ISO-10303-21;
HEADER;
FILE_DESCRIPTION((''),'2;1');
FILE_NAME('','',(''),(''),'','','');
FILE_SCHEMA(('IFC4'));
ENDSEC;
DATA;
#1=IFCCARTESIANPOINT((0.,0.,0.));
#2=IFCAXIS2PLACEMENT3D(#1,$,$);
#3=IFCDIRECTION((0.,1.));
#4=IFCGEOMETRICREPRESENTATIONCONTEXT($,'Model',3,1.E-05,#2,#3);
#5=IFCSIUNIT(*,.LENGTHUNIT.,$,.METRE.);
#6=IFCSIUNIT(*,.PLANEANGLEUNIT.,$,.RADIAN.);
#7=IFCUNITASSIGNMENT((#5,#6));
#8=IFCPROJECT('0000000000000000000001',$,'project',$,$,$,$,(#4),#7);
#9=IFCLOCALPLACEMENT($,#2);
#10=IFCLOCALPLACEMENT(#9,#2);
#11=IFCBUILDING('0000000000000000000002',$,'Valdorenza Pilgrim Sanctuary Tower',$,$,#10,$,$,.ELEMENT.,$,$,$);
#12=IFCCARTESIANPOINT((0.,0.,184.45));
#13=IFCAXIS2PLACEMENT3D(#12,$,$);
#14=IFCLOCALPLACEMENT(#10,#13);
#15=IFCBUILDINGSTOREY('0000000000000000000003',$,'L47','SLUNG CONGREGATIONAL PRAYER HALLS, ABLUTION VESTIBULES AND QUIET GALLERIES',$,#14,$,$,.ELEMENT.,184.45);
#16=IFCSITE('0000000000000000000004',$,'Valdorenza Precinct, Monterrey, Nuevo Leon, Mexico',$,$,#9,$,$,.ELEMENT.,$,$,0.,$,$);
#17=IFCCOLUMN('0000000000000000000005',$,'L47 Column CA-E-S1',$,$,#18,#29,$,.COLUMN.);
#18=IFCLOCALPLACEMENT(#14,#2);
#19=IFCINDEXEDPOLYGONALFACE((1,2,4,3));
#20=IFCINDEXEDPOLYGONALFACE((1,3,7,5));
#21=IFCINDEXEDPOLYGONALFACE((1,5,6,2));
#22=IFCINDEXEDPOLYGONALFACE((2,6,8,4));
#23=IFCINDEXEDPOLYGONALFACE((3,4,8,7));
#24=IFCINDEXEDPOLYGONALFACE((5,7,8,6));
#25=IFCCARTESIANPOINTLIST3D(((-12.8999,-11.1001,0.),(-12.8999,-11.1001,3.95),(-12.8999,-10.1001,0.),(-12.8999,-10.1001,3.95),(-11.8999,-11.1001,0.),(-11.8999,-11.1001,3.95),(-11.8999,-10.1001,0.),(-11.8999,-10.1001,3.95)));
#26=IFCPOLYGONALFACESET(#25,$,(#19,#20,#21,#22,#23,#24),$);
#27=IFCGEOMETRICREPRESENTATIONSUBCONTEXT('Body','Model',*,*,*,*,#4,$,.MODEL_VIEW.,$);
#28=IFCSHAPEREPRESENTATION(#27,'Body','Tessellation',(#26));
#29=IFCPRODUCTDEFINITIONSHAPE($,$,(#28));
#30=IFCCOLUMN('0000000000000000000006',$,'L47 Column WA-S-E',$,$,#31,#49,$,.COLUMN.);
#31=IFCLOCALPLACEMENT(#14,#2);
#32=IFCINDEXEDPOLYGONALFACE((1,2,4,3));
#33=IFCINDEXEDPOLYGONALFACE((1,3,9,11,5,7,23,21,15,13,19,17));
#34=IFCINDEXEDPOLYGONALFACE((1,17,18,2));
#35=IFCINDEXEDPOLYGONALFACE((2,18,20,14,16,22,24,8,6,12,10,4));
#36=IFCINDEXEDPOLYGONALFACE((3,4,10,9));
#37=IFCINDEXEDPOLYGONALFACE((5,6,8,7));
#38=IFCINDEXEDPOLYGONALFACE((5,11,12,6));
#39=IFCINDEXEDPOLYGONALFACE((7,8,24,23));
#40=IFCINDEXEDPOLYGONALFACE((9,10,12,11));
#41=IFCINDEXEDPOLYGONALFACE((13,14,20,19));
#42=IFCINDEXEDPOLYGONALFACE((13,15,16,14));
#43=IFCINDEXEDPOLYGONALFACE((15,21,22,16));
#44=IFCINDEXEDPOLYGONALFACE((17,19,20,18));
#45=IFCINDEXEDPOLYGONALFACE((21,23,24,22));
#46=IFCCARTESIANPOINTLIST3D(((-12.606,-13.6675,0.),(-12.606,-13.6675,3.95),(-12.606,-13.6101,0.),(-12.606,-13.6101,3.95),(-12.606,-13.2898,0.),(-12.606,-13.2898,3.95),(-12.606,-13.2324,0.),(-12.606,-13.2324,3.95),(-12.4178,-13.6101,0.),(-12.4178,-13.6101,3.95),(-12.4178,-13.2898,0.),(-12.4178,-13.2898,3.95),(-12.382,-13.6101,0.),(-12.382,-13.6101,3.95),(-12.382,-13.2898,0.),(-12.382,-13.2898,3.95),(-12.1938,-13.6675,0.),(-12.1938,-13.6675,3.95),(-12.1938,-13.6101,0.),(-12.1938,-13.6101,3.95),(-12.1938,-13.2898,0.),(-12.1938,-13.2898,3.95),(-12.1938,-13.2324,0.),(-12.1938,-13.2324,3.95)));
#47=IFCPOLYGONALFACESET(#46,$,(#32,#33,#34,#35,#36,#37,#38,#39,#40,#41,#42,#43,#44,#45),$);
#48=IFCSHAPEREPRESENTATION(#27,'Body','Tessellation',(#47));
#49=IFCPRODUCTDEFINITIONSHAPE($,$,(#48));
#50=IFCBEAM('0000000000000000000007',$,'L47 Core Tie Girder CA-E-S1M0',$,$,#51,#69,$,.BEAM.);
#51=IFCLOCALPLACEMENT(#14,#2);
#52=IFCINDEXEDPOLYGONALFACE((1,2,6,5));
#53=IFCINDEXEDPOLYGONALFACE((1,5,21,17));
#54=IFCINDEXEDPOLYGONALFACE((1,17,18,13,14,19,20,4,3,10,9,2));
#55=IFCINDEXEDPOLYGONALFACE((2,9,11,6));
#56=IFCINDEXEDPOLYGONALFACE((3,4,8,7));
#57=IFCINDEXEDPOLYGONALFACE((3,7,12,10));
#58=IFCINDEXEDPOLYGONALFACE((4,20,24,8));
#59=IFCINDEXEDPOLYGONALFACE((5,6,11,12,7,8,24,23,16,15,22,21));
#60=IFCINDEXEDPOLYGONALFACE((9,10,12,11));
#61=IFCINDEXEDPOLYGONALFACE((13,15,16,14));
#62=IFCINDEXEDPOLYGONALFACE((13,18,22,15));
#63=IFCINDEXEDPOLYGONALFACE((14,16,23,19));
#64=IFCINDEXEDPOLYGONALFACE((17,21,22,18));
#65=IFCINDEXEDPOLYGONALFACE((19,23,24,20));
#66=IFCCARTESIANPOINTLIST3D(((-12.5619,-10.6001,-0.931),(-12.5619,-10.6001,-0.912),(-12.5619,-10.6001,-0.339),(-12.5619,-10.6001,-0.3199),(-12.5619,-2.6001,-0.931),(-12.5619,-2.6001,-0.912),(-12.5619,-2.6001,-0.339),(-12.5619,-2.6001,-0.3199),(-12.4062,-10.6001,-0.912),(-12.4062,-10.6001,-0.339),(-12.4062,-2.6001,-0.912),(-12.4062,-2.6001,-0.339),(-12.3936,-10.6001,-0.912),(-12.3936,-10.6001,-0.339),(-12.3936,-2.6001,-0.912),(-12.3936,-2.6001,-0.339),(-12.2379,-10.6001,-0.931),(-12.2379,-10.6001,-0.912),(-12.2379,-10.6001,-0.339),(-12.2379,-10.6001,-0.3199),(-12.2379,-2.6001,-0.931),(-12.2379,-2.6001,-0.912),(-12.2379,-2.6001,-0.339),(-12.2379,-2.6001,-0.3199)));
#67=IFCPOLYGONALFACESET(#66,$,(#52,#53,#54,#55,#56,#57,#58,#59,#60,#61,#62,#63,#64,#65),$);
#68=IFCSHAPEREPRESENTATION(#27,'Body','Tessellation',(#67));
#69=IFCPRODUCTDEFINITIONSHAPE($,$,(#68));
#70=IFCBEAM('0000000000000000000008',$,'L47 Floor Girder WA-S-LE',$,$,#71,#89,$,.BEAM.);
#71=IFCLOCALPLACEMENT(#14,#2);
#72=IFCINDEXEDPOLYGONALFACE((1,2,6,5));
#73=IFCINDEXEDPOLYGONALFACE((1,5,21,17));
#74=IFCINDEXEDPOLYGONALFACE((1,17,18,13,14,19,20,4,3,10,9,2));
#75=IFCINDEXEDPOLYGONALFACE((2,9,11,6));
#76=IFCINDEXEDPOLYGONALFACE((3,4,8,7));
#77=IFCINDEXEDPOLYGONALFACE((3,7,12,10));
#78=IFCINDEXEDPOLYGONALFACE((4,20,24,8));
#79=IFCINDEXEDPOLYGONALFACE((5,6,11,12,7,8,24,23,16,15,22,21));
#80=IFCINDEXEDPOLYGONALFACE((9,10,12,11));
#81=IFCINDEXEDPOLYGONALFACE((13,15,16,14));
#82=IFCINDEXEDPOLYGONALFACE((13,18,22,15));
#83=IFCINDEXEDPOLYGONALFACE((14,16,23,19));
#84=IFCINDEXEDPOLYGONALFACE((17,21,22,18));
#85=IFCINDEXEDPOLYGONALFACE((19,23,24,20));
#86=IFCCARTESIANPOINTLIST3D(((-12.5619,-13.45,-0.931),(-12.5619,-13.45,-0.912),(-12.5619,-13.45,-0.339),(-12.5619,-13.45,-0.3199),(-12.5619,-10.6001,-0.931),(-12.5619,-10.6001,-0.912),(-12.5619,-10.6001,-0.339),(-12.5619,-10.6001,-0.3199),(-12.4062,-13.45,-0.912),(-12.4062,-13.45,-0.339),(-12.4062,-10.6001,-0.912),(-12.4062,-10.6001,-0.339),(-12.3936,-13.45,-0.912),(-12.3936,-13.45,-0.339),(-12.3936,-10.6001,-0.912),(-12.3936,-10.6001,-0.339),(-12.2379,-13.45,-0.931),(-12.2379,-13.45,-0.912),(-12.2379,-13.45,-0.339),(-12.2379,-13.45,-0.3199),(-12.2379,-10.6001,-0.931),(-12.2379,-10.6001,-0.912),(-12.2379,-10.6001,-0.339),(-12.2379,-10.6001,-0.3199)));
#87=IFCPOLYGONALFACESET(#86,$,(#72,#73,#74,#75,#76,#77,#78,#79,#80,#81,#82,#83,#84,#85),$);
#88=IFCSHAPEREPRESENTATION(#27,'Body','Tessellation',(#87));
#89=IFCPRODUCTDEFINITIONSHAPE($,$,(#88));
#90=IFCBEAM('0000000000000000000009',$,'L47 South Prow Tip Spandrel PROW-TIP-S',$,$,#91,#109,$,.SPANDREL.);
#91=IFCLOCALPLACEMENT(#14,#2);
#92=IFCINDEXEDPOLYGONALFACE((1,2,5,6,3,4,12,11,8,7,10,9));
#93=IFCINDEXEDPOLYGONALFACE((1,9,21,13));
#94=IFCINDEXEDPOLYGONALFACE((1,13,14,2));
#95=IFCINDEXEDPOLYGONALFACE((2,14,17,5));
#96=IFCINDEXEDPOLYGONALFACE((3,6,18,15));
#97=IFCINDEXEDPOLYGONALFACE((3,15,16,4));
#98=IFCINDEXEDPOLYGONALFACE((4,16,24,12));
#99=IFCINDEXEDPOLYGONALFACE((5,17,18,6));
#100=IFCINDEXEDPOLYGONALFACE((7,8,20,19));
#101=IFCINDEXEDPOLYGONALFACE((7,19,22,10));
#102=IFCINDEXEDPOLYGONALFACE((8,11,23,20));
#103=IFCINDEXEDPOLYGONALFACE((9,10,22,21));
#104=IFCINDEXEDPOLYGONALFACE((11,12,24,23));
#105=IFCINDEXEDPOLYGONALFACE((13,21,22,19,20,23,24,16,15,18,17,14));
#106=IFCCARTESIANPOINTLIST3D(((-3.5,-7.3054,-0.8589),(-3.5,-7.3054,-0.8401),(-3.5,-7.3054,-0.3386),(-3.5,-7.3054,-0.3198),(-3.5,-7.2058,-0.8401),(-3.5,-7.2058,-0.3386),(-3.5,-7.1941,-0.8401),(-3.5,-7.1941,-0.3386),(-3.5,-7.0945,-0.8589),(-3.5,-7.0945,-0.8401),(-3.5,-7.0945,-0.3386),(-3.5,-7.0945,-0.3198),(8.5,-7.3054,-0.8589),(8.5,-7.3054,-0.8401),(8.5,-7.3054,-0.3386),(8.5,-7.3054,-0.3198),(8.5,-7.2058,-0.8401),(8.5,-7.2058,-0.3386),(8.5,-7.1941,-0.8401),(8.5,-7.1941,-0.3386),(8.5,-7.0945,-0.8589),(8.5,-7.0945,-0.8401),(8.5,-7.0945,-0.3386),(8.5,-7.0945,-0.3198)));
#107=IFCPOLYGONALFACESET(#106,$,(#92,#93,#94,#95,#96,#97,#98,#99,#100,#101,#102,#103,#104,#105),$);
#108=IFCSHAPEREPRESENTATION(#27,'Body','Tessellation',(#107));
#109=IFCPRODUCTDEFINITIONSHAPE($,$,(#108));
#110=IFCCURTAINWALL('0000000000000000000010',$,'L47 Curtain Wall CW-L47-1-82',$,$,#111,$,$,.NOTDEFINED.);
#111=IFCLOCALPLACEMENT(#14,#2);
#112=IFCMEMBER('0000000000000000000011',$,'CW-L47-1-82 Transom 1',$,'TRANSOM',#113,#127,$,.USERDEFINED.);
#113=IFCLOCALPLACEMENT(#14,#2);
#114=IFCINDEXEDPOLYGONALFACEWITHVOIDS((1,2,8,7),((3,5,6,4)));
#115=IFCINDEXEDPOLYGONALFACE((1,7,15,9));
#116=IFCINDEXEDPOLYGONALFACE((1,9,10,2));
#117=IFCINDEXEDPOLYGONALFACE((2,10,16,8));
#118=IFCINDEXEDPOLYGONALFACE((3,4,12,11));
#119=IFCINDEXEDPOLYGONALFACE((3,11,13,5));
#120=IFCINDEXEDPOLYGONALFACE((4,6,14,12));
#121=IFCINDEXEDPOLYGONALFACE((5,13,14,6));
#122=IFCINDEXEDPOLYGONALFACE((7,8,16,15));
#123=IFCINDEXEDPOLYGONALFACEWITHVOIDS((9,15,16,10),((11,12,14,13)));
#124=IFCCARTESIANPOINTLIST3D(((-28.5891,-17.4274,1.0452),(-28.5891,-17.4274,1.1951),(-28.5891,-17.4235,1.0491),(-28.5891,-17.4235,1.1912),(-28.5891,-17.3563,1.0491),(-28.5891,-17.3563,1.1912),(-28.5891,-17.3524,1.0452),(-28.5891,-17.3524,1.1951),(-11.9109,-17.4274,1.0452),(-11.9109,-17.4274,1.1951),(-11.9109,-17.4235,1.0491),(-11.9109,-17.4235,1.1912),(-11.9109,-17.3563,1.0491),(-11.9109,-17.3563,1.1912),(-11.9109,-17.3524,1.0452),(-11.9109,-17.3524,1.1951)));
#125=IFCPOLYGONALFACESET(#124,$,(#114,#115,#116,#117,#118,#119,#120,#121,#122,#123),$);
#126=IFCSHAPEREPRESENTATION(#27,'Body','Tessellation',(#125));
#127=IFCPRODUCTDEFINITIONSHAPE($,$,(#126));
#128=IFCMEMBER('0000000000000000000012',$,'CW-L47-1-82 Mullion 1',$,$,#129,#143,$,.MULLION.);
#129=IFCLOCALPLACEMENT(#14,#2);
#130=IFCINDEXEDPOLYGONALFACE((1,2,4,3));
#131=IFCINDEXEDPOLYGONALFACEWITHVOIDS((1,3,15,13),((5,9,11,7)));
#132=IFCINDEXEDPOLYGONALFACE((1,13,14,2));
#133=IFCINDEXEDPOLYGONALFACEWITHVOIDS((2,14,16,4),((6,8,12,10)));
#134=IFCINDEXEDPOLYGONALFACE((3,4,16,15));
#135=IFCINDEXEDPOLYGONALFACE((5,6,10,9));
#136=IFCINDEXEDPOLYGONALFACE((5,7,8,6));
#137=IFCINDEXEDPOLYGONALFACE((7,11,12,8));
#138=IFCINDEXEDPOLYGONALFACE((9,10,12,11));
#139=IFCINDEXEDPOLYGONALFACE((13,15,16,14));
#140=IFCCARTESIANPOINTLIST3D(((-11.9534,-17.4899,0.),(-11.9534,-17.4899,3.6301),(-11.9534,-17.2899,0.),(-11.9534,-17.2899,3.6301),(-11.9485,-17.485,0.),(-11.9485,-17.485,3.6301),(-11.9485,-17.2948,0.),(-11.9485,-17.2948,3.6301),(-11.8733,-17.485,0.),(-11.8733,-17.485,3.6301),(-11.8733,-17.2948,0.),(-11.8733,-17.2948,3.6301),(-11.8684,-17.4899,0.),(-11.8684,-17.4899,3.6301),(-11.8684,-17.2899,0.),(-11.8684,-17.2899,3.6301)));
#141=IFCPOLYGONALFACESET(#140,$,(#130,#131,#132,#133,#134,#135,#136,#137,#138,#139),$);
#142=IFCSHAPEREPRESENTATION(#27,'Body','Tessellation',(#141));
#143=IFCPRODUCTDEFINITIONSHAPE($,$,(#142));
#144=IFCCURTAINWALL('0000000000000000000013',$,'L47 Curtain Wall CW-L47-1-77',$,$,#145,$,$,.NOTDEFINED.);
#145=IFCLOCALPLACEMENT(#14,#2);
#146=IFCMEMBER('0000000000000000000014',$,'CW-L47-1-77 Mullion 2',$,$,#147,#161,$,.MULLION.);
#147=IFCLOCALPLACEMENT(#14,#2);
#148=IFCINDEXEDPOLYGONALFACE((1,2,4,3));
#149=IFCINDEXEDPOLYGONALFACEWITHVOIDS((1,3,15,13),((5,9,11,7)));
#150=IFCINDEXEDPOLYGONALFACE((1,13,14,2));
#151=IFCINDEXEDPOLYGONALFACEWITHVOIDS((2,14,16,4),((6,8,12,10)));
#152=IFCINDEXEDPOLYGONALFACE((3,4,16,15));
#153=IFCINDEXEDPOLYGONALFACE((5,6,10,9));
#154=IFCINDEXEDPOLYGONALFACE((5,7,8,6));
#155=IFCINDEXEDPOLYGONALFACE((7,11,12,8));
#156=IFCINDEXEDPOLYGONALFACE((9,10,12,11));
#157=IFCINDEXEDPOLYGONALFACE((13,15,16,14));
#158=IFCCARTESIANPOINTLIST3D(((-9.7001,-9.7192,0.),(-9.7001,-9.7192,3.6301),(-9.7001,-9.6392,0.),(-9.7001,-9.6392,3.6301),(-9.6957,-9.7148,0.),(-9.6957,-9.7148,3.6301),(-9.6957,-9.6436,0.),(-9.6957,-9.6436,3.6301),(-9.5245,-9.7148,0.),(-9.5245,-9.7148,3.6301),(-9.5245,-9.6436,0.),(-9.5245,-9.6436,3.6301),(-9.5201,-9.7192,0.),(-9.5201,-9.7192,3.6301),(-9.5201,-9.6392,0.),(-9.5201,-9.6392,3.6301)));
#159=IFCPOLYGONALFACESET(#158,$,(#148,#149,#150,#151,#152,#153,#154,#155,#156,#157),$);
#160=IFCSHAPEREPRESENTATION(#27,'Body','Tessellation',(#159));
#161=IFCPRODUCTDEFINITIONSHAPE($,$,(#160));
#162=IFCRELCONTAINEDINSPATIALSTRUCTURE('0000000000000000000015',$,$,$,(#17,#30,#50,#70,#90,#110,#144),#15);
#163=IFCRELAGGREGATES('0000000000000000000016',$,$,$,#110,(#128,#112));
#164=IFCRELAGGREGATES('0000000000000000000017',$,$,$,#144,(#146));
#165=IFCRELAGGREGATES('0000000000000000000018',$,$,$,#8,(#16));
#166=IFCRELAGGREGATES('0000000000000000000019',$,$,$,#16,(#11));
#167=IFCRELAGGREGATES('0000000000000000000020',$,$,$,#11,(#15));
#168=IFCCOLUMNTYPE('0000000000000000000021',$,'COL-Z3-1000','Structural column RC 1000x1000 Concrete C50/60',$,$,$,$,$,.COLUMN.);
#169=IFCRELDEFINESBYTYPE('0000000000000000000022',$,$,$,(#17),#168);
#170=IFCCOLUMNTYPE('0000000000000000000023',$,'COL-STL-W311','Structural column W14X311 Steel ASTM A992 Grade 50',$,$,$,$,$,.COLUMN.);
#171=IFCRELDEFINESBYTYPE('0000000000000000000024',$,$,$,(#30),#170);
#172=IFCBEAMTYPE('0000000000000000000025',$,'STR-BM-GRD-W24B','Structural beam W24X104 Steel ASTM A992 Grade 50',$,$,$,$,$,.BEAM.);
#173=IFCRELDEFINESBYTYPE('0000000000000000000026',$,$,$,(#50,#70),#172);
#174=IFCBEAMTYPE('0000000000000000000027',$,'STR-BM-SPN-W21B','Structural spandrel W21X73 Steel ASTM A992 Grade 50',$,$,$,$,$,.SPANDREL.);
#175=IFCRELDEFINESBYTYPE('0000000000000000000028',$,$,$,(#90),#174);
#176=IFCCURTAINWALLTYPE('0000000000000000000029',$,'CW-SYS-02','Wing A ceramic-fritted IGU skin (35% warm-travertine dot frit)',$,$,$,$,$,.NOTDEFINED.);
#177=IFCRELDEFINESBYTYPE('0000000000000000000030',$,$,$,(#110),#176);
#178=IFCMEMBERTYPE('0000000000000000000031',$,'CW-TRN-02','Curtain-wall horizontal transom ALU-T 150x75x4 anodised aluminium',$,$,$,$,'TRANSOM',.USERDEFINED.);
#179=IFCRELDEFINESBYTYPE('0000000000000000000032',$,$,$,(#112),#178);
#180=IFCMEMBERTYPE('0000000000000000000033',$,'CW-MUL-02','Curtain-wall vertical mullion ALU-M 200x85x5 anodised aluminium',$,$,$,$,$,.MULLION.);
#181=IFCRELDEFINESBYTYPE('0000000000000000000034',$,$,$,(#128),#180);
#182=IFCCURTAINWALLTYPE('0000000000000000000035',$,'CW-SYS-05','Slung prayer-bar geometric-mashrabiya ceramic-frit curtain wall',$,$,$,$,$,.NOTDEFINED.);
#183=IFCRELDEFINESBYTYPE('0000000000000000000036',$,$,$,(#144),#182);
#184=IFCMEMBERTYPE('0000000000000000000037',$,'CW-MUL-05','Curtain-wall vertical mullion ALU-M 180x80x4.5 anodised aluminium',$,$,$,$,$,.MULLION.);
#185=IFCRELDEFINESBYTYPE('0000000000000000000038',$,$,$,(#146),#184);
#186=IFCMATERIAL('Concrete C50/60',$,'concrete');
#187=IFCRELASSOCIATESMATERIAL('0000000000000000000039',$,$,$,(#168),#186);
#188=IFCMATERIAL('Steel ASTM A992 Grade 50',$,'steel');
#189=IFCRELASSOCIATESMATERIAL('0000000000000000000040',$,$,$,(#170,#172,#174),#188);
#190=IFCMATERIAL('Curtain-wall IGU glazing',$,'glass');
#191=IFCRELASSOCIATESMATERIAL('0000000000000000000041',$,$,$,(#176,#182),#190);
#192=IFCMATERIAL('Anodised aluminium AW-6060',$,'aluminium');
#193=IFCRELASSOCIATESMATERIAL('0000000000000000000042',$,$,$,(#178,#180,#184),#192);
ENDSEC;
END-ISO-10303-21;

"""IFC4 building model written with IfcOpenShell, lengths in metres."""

from ifc_helpers import new_model, si_unit, direction, frame, origin, origin_2d, place, context, subcontext, project, spatial, rectangle, hollow_rectangle, i_section, extrude, source, transform, mapped, material, material_profile, profile_set, type_object, element, aggregate, save


model = new_model("IFC4")

# Units and contexts
model_context = context("Model", 3, precision=1e-05, world=origin(), true_north=direction((0.0, 1.0)))
body_context = subcontext(model_context, "Body", "Model", "MODEL_VIEW")
ifc_project = project(units=[si_unit("LENGTHUNIT", "METRE"), si_unit("PLANEANGLEUNIT", "RADIAN")], contexts=[model_context])

# Site, building, storey
site_placement = place(None, origin())
site = spatial("IfcSite", under=ifc_project, at=site_placement, Name="Valdorenza Precinct, Monterrey, Nuevo Leon, Mexico", CompositionType="ELEMENT", RefElevation=0.0)
building_placement = place(site_placement, origin())
building = spatial("IfcBuilding", under=site, at=building_placement, Name="Valdorenza Pilgrim Sanctuary Tower", CompositionType="ELEMENT")
storey_placement = place(building_placement, frame((0.0, 0.0, 184.45)))
storey = spatial("IfcBuildingStorey", under=building, at=storey_placement, Name="L47", Description="SLUNG CONGREGATIONAL PRAYER HALLS, ABLUTION VESTIBULES AND QUIET GALLERIES", CompositionType="ELEMENT", Elevation=184.45)

# Columns
ifc_material_1 = material(Name="Concrete C50/60", Category="concrete")
ifc_material_profile_1 = material_profile(ifc_material_1, rectangle(XDim=1.0, YDim=1.0, at=origin_2d()), Name="RC 1000x1000")
ifc_profile_set_1 = profile_set([ifc_material_profile_1], Name="Concrete C50/60")
column_type_1 = type_object("IfcColumnType", Name="COL-Z3-1000", Description="Structural column RC 1000x1000 Concrete C50/60", PredefinedType="COLUMN", material=ifc_profile_set_1)
shared_shape_1 = source(origin(), body_context, "Body", "SweptSolid", [
    extrude(rectangle(XDim=1.0, YDim=1.0, at=origin_2d()), origin(), (0.0, 0.0, 1.0), 3.95),
])
column_1_placement = place(storey_placement, frame((-12.3999, -10.6001, 0.0), z_axis=(0.0, 0.0, 1.0), x_axis=(1.0, 0.0, 0.0)))
element("IfcColumn", 1, at=column_1_placement, inside=storey, type_object=column_type_1, Name="L47 Column CA-E-S1", PredefinedType="COLUMN", context=body_context, shape_type="MappedRepresentation", body=[
    mapped(shared_shape_1, transform((0.0, 0.0, 0.0), x_axis=(1.0, 0.0, 0.0), y_axis=(0.0, 1.0, 0.0), z_axis=(0.0, 0.0, 1.0), scale=1.0)),
])
ifc_material_2 = material(Name="Steel ASTM A992 Grade 50", Category="steel")
ifc_material_profile_2 = material_profile(ifc_material_2, i_section(OverallWidth=0.4121, OverallDepth=0.4351, WebThickness=0.0359, FlangeThickness=0.0574, at=origin_2d()), Name="W14X311")
ifc_profile_set_2 = profile_set([ifc_material_profile_2], Name="Steel ASTM A992 Grade 50")
column_type_2 = type_object("IfcColumnType", Name="COL-STL-W311", Description="Structural column W14X311 Steel ASTM A992 Grade 50", PredefinedType="COLUMN", material=ifc_profile_set_2)
shared_shape_2 = source(origin(), body_context, "Body", "SweptSolid", [
    extrude(i_section(OverallWidth=0.4121, OverallDepth=0.4351, WebThickness=0.0359, FlangeThickness=0.0574, at=origin_2d()), origin(), (0.0, 0.0, 1.0), 3.95),
])
column_2_placement = place(storey_placement, frame((-12.3999, -13.45, 0.0), z_axis=(0.0, 0.0, 1.0), x_axis=(1.0, 0.0, 0.0)))
element("IfcColumn", 2, at=column_2_placement, inside=storey, type_object=column_type_2, Name="L47 Column WA-S-E", PredefinedType="COLUMN", context=body_context, shape_type="MappedRepresentation", body=[
    mapped(shared_shape_2, transform((0.0, 0.0, 0.0), x_axis=(1.0, 0.0, 0.0), y_axis=(0.0, 1.0, 0.0), z_axis=(0.0, 0.0, 1.0), scale=1.0)),
])

# Beams
ifc_material_profile_3 = material_profile(ifc_material_2, i_section(OverallWidth=0.324, OverallDepth=0.6111, WebThickness=0.0127, FlangeThickness=0.019, at=origin_2d()), Name="W24X104")
ifc_profile_set_3 = profile_set([ifc_material_profile_3], Name="Steel ASTM A992 Grade 50")
beam_type_1 = type_object("IfcBeamType", Name="STR-BM-GRD-W24B", Description="Structural beam W24X104 Steel ASTM A992 Grade 50", PredefinedType="BEAM", material=ifc_profile_set_3)
shared_shape_3 = source(origin(), body_context, "Body", "SweptSolid", [
    extrude(i_section(OverallWidth=0.324, OverallDepth=0.6111, WebThickness=0.0127, FlangeThickness=0.019, at=origin_2d()), origin(), (0.0, 0.0, 1.0), 8.0),
])
beam_1_placement = place(storey_placement, frame((-12.3999, -10.6001, -0.6255), z_axis=(0.0, 1.0, 0.0), x_axis=(-1.0, 0.0, 0.0)))
element("IfcBeam", 3, at=beam_1_placement, inside=storey, type_object=beam_type_1, Name="L47 Core Tie Girder CA-E-S1M0", PredefinedType="BEAM", context=body_context, shape_type="MappedRepresentation", body=[
    mapped(shared_shape_3, transform((0.0, 0.0, 0.0), x_axis=(1.0, 0.0, 0.0), y_axis=(0.0, 1.0, 0.0), z_axis=(0.0, 0.0, 1.0), scale=1.0)),
])
shared_shape_4 = source(origin(), body_context, "Body", "SweptSolid", [
    extrude(i_section(OverallWidth=0.324, OverallDepth=0.6111, WebThickness=0.0127, FlangeThickness=0.019, at=origin_2d()), origin(), (0.0, 0.0, 1.0), 2.8499),
])
beam_2_placement = place(storey_placement, frame((-12.3999, -13.45, -0.6255), z_axis=(0.0, 1.0, 0.0), x_axis=(-1.0, 0.0, 0.0)))
element("IfcBeam", 4, at=beam_2_placement, inside=storey, type_object=beam_type_1, Name="L47 Floor Girder WA-S-LE", PredefinedType="BEAM", context=body_context, shape_type="MappedRepresentation", body=[
    mapped(shared_shape_4, transform((0.0, 0.0, 0.0), x_axis=(1.0, 0.0, 0.0), y_axis=(0.0, 1.0, 0.0), z_axis=(0.0, 0.0, 1.0), scale=1.0)),
])
ifc_material_profile_4 = material_profile(ifc_material_2, i_section(OverallWidth=0.2109, OverallDepth=0.5391, WebThickness=0.0117, FlangeThickness=0.0188, at=origin_2d()), Name="W21X73")
ifc_profile_set_4 = profile_set([ifc_material_profile_4], Name="Steel ASTM A992 Grade 50")
beam_type_2 = type_object("IfcBeamType", Name="STR-BM-SPN-W21B", Description="Structural spandrel W21X73 Steel ASTM A992 Grade 50", PredefinedType="SPANDREL", material=ifc_profile_set_4)
shared_shape_5 = source(origin(), body_context, "Body", "SweptSolid", [
    extrude(i_section(OverallWidth=0.2109, OverallDepth=0.5391, WebThickness=0.0117, FlangeThickness=0.0188, at=origin_2d()), origin(), (0.0, 0.0, 1.0), 12.0),
])
beam_3_placement = place(storey_placement, frame((-3.5, -7.2, -0.5894), z_axis=(1.0, 0.0, 0.0), x_axis=(0.0, 1.0, 0.0)))
element("IfcBeam", 5, at=beam_3_placement, inside=storey, type_object=beam_type_2, Name="L47 South Prow Tip Spandrel PROW-TIP-S", PredefinedType="SPANDREL", context=body_context, shape_type="MappedRepresentation", body=[
    mapped(shared_shape_5, transform((0.0, 0.0, 0.0), x_axis=(1.0, 0.0, 0.0), y_axis=(0.0, 1.0, 0.0), z_axis=(0.0, 0.0, 1.0), scale=1.0)),
])

# Curtain walls, members
ifc_material_3 = material(Name="Curtain-wall IGU glazing", Category="glass")
curtain_wall_type_1 = type_object("IfcCurtainWallType", Name="CW-SYS-02", Description="Wing A ceramic-fritted IGU skin (35% warm-travertine dot frit)", PredefinedType="NOTDEFINED", material=ifc_material_3)
curtain_wall_1_placement = place(storey_placement, origin())
curtain_wall_1 = element("IfcCurtainWall", 6, at=curtain_wall_1_placement, inside=storey, type_object=curtain_wall_type_1, Name="L47 Curtain Wall CW-L47-1-82", PredefinedType="NOTDEFINED")
ifc_material_4 = material(Name="Anodised aluminium AW-6060", Category="aluminium")
ifc_material_profile_5 = material_profile(ifc_material_4, hollow_rectangle(XDim=0.075, YDim=0.1499, WallThickness=0.0039, at=origin_2d()), Name="ALU-T 150x75x4")
ifc_profile_set_5 = profile_set([ifc_material_profile_5], Name="Anodised aluminium AW-6060")
member_type_1 = type_object("IfcMemberType", Name="CW-TRN-02", Description="Curtain-wall horizontal transom ALU-T 150x75x4 anodised aluminium", ElementType="TRANSOM", PredefinedType="USERDEFINED", material=ifc_profile_set_5)
shared_shape_6 = source(origin(), body_context, "Body", "SweptSolid", [
    extrude(hollow_rectangle(XDim=0.075, YDim=0.1499, WallThickness=0.0039, at=origin_2d()), origin(), (0.0, 0.0, 1.0), 16.6782),
])
member_1_placement = place(storey_placement, frame((-11.9109, -17.3899, 1.1201), z_axis=(-1.0, 0.0, 0.0), x_axis=(0.0, -1.0, 0.0)))
member_1 = element("IfcMember", 7, at=member_1_placement, type_object=member_type_1, Name="CW-L47-1-82 Transom 1", ObjectType="TRANSOM", PredefinedType="USERDEFINED", context=body_context, shape_type="MappedRepresentation", body=[
    mapped(shared_shape_6, transform((0.0, 0.0, 0.0), x_axis=(1.0, 0.0, 0.0), y_axis=(0.0, 1.0, 0.0), z_axis=(0.0, 0.0, 1.0), scale=1.0)),
])
ifc_material_profile_6 = material_profile(ifc_material_4, hollow_rectangle(XDim=0.085, YDim=0.2, WallThickness=0.0049, at=origin_2d()), Name="ALU-M 200x85x5")
ifc_profile_set_6 = profile_set([ifc_material_profile_6], Name="Anodised aluminium AW-6060")
member_type_2 = type_object("IfcMemberType", Name="CW-MUL-02", Description="Curtain-wall vertical mullion ALU-M 200x85x5 anodised aluminium", PredefinedType="MULLION", material=ifc_profile_set_6)
shared_shape_7 = source(origin(), body_context, "Body", "SweptSolid", [
    extrude(hollow_rectangle(XDim=0.085, YDim=0.2, WallThickness=0.0049, at=origin_2d()), origin(), (0.0, 0.0, 1.0), 3.6301),
])
member_2_placement = place(storey_placement, frame((-11.9109, -17.3899, 0.0), z_axis=(0.0, 0.0, 1.0), x_axis=(-1.0, 0.0, 0.0)))
member_2 = element("IfcMember", 8, at=member_2_placement, type_object=member_type_2, Name="CW-L47-1-82 Mullion 1", PredefinedType="MULLION", context=body_context, shape_type="MappedRepresentation", body=[
    mapped(shared_shape_7, transform((0.0, 0.0, 0.0), x_axis=(1.0, 0.0, 0.0), y_axis=(0.0, 1.0, 0.0), z_axis=(0.0, 0.0, 1.0), scale=1.0)),
])
aggregate(curtain_wall_1, [member_2, member_1])
curtain_wall_type_2 = type_object("IfcCurtainWallType", Name="CW-SYS-05", Description="Slung prayer-bar geometric-mashrabiya ceramic-frit curtain wall", PredefinedType="NOTDEFINED", material=ifc_material_3)
curtain_wall_2_placement = place(storey_placement, origin())
curtain_wall_2 = element("IfcCurtainWall", 9, at=curtain_wall_2_placement, inside=storey, type_object=curtain_wall_type_2, Name="L47 Curtain Wall CW-L47-1-77", PredefinedType="NOTDEFINED")
ifc_material_profile_7 = material_profile(ifc_material_4, hollow_rectangle(XDim=0.0801, YDim=0.1799, WallThickness=0.0044, at=origin_2d()), Name="ALU-M 180x80x4.5")
ifc_profile_set_7 = profile_set([ifc_material_profile_7], Name="Anodised aluminium AW-6060")
member_type_3 = type_object("IfcMemberType", Name="CW-MUL-05", Description="Curtain-wall vertical mullion ALU-M 180x80x4.5 anodised aluminium", PredefinedType="MULLION", material=ifc_profile_set_7)
shared_shape_8 = source(origin(), body_context, "Body", "SweptSolid", [
    extrude(hollow_rectangle(XDim=0.0801, YDim=0.1799, WallThickness=0.0044, at=origin_2d()), origin(), (0.0, 0.0, 1.0), 3.6301),
])
member_3_placement = place(storey_placement, frame((-9.6101, -9.6792, 0.0), z_axis=(0.0, 0.0, 1.0), x_axis=(0.0, -1.0, 0.0)))
member_3 = element("IfcMember", 10, at=member_3_placement, type_object=member_type_3, Name="CW-L47-1-77 Mullion 2", PredefinedType="MULLION", context=body_context, shape_type="MappedRepresentation", body=[
    mapped(shared_shape_8, transform((0.0, 0.0, 0.0), x_axis=(1.0, 0.0, 0.0), y_axis=(0.0, 1.0, 0.0), z_axis=(0.0, 0.0, 1.0), scale=1.0)),
])

aggregate(curtain_wall_2, [member_3])

save(model, "model.ifc")
